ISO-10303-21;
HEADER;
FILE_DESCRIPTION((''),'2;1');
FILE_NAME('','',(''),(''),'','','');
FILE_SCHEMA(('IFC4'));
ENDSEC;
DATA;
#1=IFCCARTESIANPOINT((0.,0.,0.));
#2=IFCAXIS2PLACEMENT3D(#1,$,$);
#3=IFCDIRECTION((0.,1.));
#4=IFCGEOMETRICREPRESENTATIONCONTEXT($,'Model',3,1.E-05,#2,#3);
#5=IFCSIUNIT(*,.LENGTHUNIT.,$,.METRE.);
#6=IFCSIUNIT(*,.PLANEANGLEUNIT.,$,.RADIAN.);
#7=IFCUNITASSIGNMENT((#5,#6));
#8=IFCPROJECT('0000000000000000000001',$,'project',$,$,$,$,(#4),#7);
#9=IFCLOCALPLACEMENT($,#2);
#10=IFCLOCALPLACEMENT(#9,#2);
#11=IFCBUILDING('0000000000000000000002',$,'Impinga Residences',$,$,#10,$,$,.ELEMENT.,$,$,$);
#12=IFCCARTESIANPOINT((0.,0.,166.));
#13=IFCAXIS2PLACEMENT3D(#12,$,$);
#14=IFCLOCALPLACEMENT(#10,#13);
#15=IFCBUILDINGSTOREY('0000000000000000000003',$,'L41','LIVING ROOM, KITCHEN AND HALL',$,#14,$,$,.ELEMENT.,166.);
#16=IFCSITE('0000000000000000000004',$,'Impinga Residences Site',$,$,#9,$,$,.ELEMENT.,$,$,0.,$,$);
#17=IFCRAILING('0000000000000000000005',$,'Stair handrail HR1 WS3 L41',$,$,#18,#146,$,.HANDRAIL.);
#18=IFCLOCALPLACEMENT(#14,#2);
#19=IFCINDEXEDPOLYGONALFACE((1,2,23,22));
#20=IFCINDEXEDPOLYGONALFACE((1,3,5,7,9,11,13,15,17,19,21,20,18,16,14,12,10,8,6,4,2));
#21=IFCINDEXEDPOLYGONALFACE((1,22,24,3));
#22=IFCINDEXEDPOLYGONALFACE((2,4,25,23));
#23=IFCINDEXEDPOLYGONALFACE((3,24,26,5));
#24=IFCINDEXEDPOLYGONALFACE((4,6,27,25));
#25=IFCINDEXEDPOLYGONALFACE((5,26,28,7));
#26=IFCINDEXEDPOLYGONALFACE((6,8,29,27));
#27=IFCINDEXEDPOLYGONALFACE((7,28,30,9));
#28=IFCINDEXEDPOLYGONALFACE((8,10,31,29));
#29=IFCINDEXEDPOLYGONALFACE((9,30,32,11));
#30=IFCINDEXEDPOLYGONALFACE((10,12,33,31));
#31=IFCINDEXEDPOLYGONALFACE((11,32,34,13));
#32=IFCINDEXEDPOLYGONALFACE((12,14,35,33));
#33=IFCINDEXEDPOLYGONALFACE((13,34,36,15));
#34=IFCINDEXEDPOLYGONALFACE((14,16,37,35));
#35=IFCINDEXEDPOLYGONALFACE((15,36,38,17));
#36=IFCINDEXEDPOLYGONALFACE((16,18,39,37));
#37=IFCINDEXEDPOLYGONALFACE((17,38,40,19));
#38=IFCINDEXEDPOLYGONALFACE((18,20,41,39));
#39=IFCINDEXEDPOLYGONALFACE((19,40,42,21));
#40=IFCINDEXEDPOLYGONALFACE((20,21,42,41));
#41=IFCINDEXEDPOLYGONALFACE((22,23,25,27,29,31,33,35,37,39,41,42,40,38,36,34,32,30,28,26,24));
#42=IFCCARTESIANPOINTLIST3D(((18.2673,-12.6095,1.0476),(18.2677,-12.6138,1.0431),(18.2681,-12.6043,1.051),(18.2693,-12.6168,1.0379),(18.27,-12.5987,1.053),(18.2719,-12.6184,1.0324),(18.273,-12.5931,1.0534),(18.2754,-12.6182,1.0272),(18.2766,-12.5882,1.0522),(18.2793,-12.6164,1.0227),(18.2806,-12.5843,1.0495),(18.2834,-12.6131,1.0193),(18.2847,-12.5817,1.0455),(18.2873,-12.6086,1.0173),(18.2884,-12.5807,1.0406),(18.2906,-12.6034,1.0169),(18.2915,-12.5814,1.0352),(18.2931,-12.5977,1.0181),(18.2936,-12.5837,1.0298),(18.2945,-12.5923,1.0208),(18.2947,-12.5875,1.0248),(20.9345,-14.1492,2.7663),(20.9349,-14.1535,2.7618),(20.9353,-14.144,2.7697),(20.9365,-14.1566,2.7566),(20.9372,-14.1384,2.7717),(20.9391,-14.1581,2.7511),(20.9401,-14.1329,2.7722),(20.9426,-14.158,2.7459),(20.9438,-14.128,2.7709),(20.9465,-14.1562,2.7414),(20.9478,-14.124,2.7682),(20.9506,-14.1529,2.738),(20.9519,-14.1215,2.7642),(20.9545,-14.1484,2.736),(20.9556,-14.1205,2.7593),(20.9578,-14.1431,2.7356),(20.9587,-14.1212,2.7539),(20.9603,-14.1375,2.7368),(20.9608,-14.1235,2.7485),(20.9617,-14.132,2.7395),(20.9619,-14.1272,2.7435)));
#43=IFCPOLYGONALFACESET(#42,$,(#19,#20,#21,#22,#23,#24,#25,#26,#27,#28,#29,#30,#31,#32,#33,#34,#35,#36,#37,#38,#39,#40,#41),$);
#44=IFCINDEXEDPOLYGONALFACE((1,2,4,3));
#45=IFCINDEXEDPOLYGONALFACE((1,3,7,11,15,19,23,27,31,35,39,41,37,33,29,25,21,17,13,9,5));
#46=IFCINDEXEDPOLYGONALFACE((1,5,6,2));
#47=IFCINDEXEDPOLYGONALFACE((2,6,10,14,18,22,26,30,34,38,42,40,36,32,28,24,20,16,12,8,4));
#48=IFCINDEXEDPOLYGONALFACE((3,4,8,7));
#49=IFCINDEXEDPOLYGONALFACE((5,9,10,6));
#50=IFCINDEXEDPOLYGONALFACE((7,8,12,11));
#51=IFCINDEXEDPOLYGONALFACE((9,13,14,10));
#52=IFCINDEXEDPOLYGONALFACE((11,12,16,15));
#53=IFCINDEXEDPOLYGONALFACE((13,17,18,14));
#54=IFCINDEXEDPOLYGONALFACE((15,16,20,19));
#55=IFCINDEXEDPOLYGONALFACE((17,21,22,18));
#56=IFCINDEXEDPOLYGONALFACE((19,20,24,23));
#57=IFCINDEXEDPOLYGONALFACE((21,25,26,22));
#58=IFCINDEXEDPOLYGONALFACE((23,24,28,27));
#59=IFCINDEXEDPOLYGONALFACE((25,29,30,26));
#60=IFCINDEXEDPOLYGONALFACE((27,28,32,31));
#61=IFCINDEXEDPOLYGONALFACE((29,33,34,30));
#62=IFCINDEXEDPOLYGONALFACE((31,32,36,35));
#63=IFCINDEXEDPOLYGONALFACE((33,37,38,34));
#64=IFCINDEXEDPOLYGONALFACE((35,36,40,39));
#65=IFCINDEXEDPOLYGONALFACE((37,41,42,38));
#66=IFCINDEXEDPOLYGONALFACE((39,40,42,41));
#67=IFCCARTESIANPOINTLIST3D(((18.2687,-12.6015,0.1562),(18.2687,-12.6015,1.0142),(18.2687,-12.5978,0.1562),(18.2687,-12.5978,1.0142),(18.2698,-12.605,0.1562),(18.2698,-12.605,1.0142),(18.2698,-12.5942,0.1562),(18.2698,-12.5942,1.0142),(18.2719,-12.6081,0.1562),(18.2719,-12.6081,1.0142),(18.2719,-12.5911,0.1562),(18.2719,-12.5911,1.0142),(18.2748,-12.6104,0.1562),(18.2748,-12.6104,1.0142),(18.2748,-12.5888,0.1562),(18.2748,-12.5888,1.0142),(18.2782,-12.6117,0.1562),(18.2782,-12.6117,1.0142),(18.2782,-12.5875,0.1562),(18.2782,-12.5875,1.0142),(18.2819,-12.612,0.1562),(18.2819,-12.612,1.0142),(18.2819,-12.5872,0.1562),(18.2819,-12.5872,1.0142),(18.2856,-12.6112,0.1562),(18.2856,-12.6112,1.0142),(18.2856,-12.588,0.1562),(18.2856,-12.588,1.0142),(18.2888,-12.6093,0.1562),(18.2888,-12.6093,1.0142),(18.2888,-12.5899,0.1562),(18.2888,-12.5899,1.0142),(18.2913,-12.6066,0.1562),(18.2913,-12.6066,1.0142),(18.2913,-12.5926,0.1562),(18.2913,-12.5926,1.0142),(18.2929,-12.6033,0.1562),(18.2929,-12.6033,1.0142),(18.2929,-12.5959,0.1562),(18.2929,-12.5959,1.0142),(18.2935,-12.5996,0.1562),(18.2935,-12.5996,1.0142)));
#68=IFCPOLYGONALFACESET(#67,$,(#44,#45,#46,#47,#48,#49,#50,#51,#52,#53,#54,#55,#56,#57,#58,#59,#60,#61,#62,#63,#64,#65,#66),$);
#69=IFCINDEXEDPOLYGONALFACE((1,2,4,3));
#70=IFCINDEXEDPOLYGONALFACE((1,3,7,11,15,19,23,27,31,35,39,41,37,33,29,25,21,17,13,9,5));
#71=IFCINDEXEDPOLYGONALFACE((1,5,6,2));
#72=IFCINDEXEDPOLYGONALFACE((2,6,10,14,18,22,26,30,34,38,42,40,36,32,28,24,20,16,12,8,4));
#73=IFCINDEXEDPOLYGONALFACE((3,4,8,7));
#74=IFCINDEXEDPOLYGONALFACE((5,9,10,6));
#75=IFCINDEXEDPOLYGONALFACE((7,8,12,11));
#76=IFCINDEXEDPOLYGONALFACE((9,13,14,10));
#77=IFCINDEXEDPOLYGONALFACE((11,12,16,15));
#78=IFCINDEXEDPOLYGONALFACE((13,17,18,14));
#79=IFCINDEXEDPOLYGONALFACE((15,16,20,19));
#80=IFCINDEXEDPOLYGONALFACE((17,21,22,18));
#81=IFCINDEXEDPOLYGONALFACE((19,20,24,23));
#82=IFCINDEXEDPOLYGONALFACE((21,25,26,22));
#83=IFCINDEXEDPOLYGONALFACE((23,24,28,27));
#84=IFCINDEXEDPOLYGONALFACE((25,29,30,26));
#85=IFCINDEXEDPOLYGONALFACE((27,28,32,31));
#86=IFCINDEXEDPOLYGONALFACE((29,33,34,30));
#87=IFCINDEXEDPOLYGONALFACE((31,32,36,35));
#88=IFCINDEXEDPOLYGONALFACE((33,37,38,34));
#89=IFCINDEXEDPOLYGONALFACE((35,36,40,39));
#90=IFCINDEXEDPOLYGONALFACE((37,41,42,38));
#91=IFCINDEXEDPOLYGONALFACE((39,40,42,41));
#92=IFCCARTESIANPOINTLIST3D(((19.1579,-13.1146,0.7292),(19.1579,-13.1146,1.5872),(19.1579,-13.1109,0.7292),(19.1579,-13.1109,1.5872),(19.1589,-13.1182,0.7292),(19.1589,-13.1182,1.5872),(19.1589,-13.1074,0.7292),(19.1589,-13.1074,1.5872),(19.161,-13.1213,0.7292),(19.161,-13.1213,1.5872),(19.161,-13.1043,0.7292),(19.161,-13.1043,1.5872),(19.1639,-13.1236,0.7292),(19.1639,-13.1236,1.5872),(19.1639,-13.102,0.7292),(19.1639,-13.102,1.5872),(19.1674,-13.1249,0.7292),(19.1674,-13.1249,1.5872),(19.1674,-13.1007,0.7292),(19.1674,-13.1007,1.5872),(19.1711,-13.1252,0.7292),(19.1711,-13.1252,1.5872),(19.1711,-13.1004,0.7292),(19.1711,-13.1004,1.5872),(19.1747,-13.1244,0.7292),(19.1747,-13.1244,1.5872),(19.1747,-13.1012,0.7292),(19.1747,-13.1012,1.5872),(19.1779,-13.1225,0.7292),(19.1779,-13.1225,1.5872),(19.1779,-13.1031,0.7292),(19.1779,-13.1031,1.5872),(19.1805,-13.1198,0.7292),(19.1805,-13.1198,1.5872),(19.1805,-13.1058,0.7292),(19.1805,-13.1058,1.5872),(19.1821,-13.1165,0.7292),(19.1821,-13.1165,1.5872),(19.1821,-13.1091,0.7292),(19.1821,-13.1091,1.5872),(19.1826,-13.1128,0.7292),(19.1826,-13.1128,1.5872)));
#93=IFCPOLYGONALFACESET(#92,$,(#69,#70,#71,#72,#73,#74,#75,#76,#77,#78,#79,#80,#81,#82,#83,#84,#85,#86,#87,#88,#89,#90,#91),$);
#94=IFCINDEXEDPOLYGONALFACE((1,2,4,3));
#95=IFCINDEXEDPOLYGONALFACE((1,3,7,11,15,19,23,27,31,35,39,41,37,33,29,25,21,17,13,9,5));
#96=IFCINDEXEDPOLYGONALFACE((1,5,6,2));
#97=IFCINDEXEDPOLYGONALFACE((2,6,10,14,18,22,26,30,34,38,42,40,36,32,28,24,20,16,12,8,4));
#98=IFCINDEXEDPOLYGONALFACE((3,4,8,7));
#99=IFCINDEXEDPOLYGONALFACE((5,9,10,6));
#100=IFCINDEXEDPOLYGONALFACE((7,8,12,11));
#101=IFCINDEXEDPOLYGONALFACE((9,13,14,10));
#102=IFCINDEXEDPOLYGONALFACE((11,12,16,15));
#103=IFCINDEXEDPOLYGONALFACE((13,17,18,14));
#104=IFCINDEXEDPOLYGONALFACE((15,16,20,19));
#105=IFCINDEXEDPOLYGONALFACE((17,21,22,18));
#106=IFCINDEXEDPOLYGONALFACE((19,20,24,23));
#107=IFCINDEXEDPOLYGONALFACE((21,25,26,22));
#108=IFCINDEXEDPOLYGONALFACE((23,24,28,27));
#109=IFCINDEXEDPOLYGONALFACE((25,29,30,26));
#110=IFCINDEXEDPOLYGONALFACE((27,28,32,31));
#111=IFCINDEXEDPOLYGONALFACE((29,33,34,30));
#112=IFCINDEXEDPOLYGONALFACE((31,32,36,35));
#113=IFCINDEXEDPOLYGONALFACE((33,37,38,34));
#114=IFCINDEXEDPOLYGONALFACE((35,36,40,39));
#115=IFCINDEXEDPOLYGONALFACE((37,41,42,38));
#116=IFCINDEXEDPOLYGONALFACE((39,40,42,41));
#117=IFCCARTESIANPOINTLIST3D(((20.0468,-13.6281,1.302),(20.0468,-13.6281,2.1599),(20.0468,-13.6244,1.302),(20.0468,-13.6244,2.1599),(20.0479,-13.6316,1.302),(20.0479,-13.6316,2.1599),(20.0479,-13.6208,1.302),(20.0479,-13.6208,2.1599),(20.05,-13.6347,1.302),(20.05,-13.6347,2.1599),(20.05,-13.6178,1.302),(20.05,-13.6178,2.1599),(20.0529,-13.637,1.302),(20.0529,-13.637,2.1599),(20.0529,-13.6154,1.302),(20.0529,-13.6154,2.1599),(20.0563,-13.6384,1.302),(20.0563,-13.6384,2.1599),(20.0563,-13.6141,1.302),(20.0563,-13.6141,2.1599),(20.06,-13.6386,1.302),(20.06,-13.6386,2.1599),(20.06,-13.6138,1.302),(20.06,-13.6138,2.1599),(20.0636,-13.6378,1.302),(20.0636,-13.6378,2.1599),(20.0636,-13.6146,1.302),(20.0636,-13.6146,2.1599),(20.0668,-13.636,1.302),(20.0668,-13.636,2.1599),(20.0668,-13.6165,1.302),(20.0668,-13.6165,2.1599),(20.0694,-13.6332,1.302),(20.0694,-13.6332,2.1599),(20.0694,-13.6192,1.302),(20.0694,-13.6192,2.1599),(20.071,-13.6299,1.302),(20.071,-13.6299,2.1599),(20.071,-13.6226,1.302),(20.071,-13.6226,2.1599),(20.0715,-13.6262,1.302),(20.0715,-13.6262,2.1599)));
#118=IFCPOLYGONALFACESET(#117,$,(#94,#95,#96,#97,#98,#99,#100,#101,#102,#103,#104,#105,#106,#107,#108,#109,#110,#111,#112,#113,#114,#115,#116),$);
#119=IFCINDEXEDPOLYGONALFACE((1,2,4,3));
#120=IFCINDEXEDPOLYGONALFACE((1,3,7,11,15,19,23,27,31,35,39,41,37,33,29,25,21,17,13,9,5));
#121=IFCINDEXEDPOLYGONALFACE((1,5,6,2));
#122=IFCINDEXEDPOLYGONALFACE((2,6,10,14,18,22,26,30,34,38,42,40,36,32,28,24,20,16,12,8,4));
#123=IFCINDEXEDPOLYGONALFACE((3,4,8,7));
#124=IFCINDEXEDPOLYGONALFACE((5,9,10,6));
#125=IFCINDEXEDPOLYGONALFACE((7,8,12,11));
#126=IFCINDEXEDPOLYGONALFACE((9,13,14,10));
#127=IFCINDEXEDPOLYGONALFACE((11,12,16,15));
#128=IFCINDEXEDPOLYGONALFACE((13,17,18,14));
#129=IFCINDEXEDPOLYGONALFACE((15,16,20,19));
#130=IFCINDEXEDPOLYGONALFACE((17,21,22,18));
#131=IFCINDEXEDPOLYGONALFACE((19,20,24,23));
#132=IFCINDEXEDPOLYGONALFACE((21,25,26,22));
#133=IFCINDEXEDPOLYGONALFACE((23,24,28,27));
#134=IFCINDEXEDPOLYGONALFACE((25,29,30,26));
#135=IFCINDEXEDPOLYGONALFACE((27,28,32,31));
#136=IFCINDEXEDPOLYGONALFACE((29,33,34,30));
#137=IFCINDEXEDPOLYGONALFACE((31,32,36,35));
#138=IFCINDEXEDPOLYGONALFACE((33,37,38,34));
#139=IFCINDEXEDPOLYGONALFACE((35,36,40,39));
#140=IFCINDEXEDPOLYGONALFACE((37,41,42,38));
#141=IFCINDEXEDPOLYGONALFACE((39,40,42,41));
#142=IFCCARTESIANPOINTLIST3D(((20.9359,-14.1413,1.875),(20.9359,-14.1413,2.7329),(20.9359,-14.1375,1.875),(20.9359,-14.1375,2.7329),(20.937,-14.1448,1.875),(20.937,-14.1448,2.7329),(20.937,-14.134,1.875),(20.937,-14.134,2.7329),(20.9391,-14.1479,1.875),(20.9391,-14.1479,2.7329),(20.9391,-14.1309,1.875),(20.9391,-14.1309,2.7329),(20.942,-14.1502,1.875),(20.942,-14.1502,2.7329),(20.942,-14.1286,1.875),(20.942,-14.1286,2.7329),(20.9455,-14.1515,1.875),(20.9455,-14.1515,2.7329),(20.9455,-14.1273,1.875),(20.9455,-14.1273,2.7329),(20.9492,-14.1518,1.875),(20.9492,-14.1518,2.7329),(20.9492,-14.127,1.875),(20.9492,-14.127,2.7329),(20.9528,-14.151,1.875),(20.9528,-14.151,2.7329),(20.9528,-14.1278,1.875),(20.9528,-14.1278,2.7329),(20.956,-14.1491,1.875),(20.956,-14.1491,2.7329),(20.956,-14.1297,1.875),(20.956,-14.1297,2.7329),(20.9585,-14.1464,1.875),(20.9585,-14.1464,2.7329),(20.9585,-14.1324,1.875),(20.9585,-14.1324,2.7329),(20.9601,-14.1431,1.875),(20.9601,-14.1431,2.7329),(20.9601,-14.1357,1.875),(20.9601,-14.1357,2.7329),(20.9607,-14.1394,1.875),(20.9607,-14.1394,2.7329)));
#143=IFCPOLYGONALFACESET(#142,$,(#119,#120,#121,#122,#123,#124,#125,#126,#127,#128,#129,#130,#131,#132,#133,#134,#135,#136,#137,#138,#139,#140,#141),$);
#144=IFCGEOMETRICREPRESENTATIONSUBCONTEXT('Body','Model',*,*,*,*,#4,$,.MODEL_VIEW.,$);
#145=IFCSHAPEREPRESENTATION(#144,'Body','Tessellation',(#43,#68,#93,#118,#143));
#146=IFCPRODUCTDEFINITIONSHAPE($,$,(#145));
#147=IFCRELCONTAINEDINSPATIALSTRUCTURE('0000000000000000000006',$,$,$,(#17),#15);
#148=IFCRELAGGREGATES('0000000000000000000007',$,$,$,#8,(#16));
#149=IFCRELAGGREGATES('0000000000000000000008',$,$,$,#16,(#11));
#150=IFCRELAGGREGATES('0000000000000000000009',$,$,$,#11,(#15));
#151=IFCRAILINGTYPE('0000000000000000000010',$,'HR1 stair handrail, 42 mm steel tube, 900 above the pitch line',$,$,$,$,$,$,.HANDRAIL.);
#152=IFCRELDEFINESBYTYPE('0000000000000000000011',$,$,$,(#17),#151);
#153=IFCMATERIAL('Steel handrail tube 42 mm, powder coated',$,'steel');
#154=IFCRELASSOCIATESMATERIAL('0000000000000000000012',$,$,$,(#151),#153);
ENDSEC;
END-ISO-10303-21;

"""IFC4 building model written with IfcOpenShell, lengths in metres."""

from ifc_helpers import new_model, si_unit, direction, frame, origin, origin_2d, place, context, subcontext, project, spatial, circle, extrude, material, type_object, element, save


model = new_model("IFC4")

# Units and contexts
model_context = context("Model", 3, precision=1e-05, world=origin(), true_north=direction((0.0, 1.0)))
body_context = subcontext(model_context, "Body", "Model", "MODEL_VIEW")
ifc_project = project(units=[si_unit("LENGTHUNIT", "METRE"), si_unit("PLANEANGLEUNIT", "RADIAN")], contexts=[model_context])

# Site, building, storey
site_placement = place(None, origin())
site = spatial("IfcSite", under=ifc_project, at=site_placement, Name="Impinga Residences Site", CompositionType="ELEMENT", RefElevation=0.0)
building_placement = place(site_placement, origin())
building = spatial("IfcBuilding", under=site, at=building_placement, Name="Impinga Residences", CompositionType="ELEMENT")
storey_placement = place(building_placement, frame((0.0, 0.0, 166.0)))
storey = spatial("IfcBuildingStorey", under=building, at=storey_placement, Name="L41", Description="LIVING ROOM, KITCHEN AND HALL", CompositionType="ELEMENT", Elevation=166.0)

# Railing
ifc_material_1 = material(Name="Steel handrail tube 42 mm, powder coated", Category="steel")
railing_type_1 = type_object("IfcRailingType", Name="HR1 stair handrail, 42 mm steel tube, 900 above the pitch line", PredefinedType="HANDRAIL", material=ifc_material_1)
railing_1_placement = place(storey_placement, frame((18.281, -12.5996, 0.1562)))
element("IfcRailing", 1, at=railing_1_placement, inside=storey, type_object=railing_type_1, Name="Stair handrail HR1 WS3 L41", PredefinedType="HANDRAIL", context=body_context, shape_type="SweptSolid", body=[
    extrude(circle(Radius=0.021, at=origin_2d()), frame((0.0, 0.0, 0.8789), z_axis=(0.756249, -0.436582, 0.487322), x_axis=(0.499967, 0.866044, 0.0)), (0.0, 0.0, 1.0), 3.5269),
    extrude(circle(Radius=0.0125, at=origin_2d()), origin(), (0.0, 0.0, 1.0), 0.8579),
    extrude(circle(Radius=0.0125, at=origin_2d()), frame((0.8892, -0.5132, 0.573)), (0.0, 0.0, 1.0), 0.8579),
    extrude(circle(Radius=0.0125, at=origin_2d()), frame((1.7781, -1.0266, 1.1458)), (0.0, 0.0, 1.0), 0.8579),
    extrude(circle(Radius=0.0125, at=origin_2d()), frame((2.6672, -1.5398, 1.7188)), (0.0, 0.0, 1.0), 0.8579),
])

save(model, "model.ifc")
